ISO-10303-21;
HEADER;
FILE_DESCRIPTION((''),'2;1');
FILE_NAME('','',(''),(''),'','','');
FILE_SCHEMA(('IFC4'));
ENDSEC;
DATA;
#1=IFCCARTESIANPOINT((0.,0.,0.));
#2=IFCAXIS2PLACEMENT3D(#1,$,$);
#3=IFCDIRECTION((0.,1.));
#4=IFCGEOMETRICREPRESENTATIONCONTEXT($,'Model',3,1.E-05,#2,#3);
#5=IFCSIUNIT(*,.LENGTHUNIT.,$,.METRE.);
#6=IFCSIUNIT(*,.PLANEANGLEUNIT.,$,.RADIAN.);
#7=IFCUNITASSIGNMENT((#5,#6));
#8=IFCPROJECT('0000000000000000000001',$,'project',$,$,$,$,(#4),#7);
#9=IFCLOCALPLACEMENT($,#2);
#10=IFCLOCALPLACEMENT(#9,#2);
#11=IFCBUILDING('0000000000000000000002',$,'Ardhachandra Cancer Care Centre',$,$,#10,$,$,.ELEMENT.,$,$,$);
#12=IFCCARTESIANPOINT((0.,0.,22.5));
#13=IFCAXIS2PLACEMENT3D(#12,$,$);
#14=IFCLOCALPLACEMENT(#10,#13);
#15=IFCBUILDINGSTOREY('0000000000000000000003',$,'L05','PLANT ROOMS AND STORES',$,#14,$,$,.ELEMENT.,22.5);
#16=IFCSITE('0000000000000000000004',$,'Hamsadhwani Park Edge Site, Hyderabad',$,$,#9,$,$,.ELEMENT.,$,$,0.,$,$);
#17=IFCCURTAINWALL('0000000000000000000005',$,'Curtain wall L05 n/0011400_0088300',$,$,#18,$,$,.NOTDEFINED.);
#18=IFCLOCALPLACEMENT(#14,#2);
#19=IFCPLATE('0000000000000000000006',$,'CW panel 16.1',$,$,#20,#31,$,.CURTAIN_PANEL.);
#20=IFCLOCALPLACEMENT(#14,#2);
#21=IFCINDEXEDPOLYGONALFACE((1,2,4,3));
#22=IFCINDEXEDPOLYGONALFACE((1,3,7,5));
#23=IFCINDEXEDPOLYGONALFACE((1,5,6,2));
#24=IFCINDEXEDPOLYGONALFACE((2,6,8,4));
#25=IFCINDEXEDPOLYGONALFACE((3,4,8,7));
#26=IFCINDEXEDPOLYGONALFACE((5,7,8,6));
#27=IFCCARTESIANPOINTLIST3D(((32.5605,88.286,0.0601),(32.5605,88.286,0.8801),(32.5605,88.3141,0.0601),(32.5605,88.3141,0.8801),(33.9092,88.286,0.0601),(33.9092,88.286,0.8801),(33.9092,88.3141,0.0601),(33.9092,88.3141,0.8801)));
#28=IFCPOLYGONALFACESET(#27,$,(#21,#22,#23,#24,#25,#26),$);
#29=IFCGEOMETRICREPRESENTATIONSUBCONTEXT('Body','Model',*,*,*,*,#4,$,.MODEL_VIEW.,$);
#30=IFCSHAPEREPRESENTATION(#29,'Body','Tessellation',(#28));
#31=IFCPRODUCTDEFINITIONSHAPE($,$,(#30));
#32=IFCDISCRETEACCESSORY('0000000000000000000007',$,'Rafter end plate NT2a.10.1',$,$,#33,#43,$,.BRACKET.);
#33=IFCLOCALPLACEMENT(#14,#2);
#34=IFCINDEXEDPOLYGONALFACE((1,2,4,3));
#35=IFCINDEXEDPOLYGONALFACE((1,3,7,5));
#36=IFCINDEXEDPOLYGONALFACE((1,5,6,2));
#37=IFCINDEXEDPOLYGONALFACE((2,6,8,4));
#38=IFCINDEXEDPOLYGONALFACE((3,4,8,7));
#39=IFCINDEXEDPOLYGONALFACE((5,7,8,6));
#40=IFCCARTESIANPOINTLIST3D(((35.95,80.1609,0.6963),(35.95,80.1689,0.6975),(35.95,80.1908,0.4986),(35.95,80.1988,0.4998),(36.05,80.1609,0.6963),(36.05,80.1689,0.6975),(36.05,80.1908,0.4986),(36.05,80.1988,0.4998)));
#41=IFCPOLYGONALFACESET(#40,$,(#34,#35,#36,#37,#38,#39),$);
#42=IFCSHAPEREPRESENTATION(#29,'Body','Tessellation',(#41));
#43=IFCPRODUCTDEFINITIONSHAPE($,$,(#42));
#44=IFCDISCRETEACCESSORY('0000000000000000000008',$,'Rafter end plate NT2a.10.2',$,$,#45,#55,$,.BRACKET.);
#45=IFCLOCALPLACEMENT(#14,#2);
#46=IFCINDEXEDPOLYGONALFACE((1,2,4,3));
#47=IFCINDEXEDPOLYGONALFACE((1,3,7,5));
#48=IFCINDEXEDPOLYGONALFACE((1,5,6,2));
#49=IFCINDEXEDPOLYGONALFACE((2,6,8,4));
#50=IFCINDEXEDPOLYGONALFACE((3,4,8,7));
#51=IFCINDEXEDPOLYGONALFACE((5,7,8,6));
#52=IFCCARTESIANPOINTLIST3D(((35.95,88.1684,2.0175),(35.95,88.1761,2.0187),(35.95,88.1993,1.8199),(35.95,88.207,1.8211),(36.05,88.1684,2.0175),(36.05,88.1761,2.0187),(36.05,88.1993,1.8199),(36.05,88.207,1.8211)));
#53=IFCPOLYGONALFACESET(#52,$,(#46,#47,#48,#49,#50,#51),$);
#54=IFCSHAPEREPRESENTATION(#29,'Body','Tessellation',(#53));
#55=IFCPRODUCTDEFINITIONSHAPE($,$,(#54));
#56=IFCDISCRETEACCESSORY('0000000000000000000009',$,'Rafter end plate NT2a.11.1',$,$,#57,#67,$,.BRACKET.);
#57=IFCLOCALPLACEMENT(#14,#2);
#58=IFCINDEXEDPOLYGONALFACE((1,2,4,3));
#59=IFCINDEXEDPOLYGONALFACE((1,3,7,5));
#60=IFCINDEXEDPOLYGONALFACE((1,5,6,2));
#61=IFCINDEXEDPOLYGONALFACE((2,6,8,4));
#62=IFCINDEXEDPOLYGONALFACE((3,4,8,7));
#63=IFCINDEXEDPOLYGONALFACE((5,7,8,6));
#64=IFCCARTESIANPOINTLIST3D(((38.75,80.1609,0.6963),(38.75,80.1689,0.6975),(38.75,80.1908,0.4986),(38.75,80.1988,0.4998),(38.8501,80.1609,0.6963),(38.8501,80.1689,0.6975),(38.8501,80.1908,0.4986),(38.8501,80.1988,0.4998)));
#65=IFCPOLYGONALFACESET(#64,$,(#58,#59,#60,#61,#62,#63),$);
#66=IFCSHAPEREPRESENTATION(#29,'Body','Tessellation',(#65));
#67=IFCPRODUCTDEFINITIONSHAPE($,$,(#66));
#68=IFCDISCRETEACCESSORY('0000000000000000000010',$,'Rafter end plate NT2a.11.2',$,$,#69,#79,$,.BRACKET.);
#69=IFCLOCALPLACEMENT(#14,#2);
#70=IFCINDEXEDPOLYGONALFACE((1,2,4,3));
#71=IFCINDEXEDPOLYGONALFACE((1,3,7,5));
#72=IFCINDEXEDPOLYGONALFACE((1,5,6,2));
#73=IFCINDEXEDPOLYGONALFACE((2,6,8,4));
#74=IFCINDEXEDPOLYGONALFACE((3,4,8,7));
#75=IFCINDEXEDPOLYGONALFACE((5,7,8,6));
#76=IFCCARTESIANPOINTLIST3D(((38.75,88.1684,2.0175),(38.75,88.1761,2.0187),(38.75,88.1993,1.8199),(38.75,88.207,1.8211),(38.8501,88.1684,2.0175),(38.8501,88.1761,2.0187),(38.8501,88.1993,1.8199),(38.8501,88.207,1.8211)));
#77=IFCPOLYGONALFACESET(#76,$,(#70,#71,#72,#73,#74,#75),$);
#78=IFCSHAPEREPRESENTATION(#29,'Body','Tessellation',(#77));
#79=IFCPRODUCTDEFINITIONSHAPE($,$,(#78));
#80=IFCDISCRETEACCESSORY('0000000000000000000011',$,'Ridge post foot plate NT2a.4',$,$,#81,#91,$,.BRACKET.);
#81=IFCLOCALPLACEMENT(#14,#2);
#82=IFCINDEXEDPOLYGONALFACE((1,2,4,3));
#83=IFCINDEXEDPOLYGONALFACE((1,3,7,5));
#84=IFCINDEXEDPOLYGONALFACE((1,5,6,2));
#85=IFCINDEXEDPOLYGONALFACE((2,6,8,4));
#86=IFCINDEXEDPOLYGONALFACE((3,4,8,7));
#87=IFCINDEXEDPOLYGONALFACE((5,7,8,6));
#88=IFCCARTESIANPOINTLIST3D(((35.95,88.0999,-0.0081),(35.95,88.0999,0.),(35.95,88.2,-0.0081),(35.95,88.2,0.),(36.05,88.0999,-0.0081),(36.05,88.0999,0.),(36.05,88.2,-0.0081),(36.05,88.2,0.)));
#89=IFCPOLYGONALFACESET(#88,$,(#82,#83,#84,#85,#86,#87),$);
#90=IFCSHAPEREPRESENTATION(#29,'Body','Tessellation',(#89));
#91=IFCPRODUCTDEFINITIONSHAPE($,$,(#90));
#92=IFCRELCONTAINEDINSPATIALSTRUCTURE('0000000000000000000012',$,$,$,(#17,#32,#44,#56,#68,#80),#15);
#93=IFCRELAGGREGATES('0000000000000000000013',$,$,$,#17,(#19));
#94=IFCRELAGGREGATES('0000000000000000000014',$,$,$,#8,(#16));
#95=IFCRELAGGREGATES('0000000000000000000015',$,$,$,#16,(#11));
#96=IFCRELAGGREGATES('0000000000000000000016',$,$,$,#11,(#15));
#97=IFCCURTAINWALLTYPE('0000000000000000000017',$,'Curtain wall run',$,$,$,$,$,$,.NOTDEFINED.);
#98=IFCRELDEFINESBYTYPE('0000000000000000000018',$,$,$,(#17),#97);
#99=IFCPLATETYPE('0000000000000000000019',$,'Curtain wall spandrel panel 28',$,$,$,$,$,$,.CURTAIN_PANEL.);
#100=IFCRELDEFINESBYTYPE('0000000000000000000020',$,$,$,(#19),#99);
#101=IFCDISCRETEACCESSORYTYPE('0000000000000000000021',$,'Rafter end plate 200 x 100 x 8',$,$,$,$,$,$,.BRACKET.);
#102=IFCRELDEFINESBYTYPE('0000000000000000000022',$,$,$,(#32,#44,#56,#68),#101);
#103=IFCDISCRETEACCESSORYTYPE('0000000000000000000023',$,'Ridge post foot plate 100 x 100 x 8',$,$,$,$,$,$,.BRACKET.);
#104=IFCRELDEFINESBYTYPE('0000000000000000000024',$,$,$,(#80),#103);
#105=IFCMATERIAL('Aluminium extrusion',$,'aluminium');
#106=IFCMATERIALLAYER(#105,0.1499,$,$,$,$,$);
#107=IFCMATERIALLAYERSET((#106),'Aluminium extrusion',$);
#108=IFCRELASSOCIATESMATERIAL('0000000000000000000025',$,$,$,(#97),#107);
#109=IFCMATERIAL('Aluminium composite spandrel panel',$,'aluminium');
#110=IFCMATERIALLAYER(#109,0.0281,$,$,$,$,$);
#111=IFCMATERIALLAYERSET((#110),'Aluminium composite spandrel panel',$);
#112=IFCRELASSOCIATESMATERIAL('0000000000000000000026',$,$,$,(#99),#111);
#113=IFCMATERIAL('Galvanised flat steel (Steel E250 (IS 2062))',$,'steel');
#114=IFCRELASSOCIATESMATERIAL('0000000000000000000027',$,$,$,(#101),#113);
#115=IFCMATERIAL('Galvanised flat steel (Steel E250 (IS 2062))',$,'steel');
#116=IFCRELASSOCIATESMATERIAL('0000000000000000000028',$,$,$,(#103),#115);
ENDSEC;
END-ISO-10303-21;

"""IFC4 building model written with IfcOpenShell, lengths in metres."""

from ifc_helpers import new_model, si_unit, direction, frame, origin, origin_2d, place, context, subcontext, project, spatial, rectangle, extrude, material, layer, layer_set, material_profile, profile_set, type_object, element, aggregate, save


model = new_model("IFC4")

# Units and contexts
model_context = context("Model", 3, precision=1e-05, world=origin(), true_north=direction((0.0, 1.0)))
body_context = subcontext(model_context, "Body", "Model", "MODEL_VIEW")
ifc_project = project(units=[si_unit("LENGTHUNIT", "METRE"), si_unit("PLANEANGLEUNIT", "RADIAN")], contexts=[model_context])

# Site, building, storey
site_placement = place(None, origin())
site = spatial("IfcSite", under=ifc_project, at=site_placement, Name="Hamsadhwani Park Edge Site, Hyderabad", CompositionType="ELEMENT", RefElevation=0.0)
building_placement = place(site_placement, origin())
building = spatial("IfcBuilding", under=site, at=building_placement, Name="Ardhachandra Cancer Care Centre", CompositionType="ELEMENT")
storey_placement = place(building_placement, frame((0.0, 0.0, 22.5)))
storey = spatial("IfcBuildingStorey", under=building, at=storey_placement, Name="L05", Description="PLANT ROOMS AND STORES", CompositionType="ELEMENT", Elevation=22.5)

# Shared definitions
ifc_material_1 = material(Name="Aluminium extrusion", Category="aluminium")
ifc_layer_1 = layer(ifc_material_1, 0.1499)
ifc_layer_set_1 = layer_set([ifc_layer_1], Name="Aluminium extrusion")
curtain_wall_type = type_object("IfcCurtainWallType", Name="Curtain wall run", PredefinedType="NOTDEFINED", material=ifc_layer_set_1)

# Shared definitions
ifc_material_2 = material(Name="Aluminium composite spandrel panel", Category="aluminium")
ifc_layer_2 = layer(ifc_material_2, 0.0281)
ifc_layer_set_2 = layer_set([ifc_layer_2], Name="Aluminium composite spandrel panel")
plate_type_1 = type_object("IfcPlateType", Name="Curtain wall spandrel panel 28", PredefinedType="CURTAIN_PANEL", material=ifc_layer_set_2)

# Curtain wall, plate
curtain_wall_1_placement = place(storey_placement, origin())
curtain_wall_1 = element("IfcCurtainWall", 1, at=curtain_wall_1_placement, inside=storey, type_object=curtain_wall_type, Name="Curtain wall L05 n/0011400_0088300", PredefinedType="NOTDEFINED")
plate_1_placement = place(storey_placement, frame((33.2349, 88.3, 0.0601), z_axis=(0.0, 0.0, 1.0), x_axis=(1.0, 0.0, 0.0)))
plate_1 = element("IfcPlate", 2, at=plate_1_placement, type_object=plate_type_1, Name="CW panel 16.1", PredefinedType="CURTAIN_PANEL", context=body_context, shape_type="SweptSolid", body=[
    extrude(rectangle(XDim=1.3486, YDim=0.0281, at=origin_2d()), origin(), (0.0, 0.0, 1.0), 0.8201),
])
aggregate(curtain_wall_1, [plate_1])

# Discrete accessories
ifc_material_3 = material(Name="Galvanised flat steel (Steel E250 (IS 2062))", Category="steel")
ifc_material_profile_1 = material_profile(ifc_material_3, rectangle(XDim=0.1001, YDim=0.2, at=origin_2d()), Name="Rafter end plate 200 x 100 x 8")
ifc_profile_set_1 = profile_set([ifc_material_profile_1], Name="Galvanised flat steel (Steel E250 (IS 2062))")
discrete_accessory_type_1 = type_object("IfcDiscreteAccessoryType", Name="Rafter end plate 200 x 100 x 8", PredefinedType="BRACKET", material=ifc_profile_set_1)
discrete_accessory_1_placement = place(storey_placement, frame((36.0, 80.1838, 0.5986), z_axis=(0.0, -0.988716, -0.149805), x_axis=(1.0, 0.0, 0.0)))
element("IfcDiscreteAccessory", 3, at=discrete_accessory_1_placement, inside=storey, type_object=discrete_accessory_type_1, Name="Rafter end plate NT2a.10.1", PredefinedType="BRACKET", context=body_context, shape_type="SweptSolid", body=[
    extrude(rectangle(XDim=0.1001, YDim=0.2, at=origin_2d()), origin(), (0.0, 0.0, 1.0), 0.0081),
])
discrete_accessory_2_placement = place(storey_placement, frame((36.0, 88.1838, 1.9187), z_axis=(0.0, 0.988012, 0.154377), x_axis=(-1.0, 0.0, 0.0)))
element("IfcDiscreteAccessory", 4, at=discrete_accessory_2_placement, inside=storey, type_object=discrete_accessory_type_1, Name="Rafter end plate NT2a.10.2", PredefinedType="BRACKET", context=body_context, shape_type="SweptSolid", body=[
    extrude(rectangle(XDim=0.1001, YDim=0.2, at=origin_2d()), origin(), (0.0, 0.0, 1.0), 0.0078),
])
discrete_accessory_3_placement = place(storey_placement, frame((38.8, 80.1838, 0.5986), z_axis=(0.0, -0.988716, -0.149805), x_axis=(1.0, 0.0, 0.0)))
element("IfcDiscreteAccessory", 5, at=discrete_accessory_3_placement, inside=storey, type_object=discrete_accessory_type_1, Name="Rafter end plate NT2a.11.1", PredefinedType="BRACKET", context=body_context, shape_type="SweptSolid", body=[
    extrude(rectangle(XDim=0.1001, YDim=0.2, at=origin_2d()), origin(), (0.0, 0.0, 1.0), 0.0081),
])
discrete_accessory_4_placement = place(storey_placement, frame((38.8, 88.1838, 1.9187), z_axis=(0.0, 0.988012, 0.154377), x_axis=(-1.0, 0.0, 0.0)))
element("IfcDiscreteAccessory", 6, at=discrete_accessory_4_placement, inside=storey, type_object=discrete_accessory_type_1, Name="Rafter end plate NT2a.11.2", PredefinedType="BRACKET", context=body_context, shape_type="SweptSolid", body=[
    extrude(rectangle(XDim=0.1001, YDim=0.2, at=origin_2d()), origin(), (0.0, 0.0, 1.0), 0.0078),
])
ifc_material_4 = material(Name="Galvanised flat steel (Steel E250 (IS 2062))", Category="steel")
ifc_material_profile_2 = material_profile(ifc_material_4, rectangle(XDim=0.1001, YDim=0.1001, at=origin_2d()), Name="Ridge post foot plate 100 x 100 x 8")
ifc_profile_set_2 = profile_set([ifc_material_profile_2], Name="Galvanised flat steel (Steel E250 (IS 2062))")
discrete_accessory_type_2 = type_object("IfcDiscreteAccessoryType", Name="Ridge post foot plate 100 x 100 x 8", PredefinedType="BRACKET", material=ifc_profile_set_2)
discrete_accessory_5_placement = place(storey_placement, frame((36.0, 88.1499, 0.0), z_axis=(0.0, 0.0, -1.0), x_axis=(1.0, 0.0, 0.0)))
element("IfcDiscreteAccessory", 7, at=discrete_accessory_5_placement, inside=storey, type_object=discrete_accessory_type_2, Name="Ridge post foot plate NT2a.4", PredefinedType="BRACKET", context=body_context, shape_type="SweptSolid", body=[
    extrude(rectangle(XDim=0.1001, YDim=0.1001, at=origin_2d()), origin(), (0.0, 0.0, 1.0), 0.0081),
])

save(model, "model.ifc")
